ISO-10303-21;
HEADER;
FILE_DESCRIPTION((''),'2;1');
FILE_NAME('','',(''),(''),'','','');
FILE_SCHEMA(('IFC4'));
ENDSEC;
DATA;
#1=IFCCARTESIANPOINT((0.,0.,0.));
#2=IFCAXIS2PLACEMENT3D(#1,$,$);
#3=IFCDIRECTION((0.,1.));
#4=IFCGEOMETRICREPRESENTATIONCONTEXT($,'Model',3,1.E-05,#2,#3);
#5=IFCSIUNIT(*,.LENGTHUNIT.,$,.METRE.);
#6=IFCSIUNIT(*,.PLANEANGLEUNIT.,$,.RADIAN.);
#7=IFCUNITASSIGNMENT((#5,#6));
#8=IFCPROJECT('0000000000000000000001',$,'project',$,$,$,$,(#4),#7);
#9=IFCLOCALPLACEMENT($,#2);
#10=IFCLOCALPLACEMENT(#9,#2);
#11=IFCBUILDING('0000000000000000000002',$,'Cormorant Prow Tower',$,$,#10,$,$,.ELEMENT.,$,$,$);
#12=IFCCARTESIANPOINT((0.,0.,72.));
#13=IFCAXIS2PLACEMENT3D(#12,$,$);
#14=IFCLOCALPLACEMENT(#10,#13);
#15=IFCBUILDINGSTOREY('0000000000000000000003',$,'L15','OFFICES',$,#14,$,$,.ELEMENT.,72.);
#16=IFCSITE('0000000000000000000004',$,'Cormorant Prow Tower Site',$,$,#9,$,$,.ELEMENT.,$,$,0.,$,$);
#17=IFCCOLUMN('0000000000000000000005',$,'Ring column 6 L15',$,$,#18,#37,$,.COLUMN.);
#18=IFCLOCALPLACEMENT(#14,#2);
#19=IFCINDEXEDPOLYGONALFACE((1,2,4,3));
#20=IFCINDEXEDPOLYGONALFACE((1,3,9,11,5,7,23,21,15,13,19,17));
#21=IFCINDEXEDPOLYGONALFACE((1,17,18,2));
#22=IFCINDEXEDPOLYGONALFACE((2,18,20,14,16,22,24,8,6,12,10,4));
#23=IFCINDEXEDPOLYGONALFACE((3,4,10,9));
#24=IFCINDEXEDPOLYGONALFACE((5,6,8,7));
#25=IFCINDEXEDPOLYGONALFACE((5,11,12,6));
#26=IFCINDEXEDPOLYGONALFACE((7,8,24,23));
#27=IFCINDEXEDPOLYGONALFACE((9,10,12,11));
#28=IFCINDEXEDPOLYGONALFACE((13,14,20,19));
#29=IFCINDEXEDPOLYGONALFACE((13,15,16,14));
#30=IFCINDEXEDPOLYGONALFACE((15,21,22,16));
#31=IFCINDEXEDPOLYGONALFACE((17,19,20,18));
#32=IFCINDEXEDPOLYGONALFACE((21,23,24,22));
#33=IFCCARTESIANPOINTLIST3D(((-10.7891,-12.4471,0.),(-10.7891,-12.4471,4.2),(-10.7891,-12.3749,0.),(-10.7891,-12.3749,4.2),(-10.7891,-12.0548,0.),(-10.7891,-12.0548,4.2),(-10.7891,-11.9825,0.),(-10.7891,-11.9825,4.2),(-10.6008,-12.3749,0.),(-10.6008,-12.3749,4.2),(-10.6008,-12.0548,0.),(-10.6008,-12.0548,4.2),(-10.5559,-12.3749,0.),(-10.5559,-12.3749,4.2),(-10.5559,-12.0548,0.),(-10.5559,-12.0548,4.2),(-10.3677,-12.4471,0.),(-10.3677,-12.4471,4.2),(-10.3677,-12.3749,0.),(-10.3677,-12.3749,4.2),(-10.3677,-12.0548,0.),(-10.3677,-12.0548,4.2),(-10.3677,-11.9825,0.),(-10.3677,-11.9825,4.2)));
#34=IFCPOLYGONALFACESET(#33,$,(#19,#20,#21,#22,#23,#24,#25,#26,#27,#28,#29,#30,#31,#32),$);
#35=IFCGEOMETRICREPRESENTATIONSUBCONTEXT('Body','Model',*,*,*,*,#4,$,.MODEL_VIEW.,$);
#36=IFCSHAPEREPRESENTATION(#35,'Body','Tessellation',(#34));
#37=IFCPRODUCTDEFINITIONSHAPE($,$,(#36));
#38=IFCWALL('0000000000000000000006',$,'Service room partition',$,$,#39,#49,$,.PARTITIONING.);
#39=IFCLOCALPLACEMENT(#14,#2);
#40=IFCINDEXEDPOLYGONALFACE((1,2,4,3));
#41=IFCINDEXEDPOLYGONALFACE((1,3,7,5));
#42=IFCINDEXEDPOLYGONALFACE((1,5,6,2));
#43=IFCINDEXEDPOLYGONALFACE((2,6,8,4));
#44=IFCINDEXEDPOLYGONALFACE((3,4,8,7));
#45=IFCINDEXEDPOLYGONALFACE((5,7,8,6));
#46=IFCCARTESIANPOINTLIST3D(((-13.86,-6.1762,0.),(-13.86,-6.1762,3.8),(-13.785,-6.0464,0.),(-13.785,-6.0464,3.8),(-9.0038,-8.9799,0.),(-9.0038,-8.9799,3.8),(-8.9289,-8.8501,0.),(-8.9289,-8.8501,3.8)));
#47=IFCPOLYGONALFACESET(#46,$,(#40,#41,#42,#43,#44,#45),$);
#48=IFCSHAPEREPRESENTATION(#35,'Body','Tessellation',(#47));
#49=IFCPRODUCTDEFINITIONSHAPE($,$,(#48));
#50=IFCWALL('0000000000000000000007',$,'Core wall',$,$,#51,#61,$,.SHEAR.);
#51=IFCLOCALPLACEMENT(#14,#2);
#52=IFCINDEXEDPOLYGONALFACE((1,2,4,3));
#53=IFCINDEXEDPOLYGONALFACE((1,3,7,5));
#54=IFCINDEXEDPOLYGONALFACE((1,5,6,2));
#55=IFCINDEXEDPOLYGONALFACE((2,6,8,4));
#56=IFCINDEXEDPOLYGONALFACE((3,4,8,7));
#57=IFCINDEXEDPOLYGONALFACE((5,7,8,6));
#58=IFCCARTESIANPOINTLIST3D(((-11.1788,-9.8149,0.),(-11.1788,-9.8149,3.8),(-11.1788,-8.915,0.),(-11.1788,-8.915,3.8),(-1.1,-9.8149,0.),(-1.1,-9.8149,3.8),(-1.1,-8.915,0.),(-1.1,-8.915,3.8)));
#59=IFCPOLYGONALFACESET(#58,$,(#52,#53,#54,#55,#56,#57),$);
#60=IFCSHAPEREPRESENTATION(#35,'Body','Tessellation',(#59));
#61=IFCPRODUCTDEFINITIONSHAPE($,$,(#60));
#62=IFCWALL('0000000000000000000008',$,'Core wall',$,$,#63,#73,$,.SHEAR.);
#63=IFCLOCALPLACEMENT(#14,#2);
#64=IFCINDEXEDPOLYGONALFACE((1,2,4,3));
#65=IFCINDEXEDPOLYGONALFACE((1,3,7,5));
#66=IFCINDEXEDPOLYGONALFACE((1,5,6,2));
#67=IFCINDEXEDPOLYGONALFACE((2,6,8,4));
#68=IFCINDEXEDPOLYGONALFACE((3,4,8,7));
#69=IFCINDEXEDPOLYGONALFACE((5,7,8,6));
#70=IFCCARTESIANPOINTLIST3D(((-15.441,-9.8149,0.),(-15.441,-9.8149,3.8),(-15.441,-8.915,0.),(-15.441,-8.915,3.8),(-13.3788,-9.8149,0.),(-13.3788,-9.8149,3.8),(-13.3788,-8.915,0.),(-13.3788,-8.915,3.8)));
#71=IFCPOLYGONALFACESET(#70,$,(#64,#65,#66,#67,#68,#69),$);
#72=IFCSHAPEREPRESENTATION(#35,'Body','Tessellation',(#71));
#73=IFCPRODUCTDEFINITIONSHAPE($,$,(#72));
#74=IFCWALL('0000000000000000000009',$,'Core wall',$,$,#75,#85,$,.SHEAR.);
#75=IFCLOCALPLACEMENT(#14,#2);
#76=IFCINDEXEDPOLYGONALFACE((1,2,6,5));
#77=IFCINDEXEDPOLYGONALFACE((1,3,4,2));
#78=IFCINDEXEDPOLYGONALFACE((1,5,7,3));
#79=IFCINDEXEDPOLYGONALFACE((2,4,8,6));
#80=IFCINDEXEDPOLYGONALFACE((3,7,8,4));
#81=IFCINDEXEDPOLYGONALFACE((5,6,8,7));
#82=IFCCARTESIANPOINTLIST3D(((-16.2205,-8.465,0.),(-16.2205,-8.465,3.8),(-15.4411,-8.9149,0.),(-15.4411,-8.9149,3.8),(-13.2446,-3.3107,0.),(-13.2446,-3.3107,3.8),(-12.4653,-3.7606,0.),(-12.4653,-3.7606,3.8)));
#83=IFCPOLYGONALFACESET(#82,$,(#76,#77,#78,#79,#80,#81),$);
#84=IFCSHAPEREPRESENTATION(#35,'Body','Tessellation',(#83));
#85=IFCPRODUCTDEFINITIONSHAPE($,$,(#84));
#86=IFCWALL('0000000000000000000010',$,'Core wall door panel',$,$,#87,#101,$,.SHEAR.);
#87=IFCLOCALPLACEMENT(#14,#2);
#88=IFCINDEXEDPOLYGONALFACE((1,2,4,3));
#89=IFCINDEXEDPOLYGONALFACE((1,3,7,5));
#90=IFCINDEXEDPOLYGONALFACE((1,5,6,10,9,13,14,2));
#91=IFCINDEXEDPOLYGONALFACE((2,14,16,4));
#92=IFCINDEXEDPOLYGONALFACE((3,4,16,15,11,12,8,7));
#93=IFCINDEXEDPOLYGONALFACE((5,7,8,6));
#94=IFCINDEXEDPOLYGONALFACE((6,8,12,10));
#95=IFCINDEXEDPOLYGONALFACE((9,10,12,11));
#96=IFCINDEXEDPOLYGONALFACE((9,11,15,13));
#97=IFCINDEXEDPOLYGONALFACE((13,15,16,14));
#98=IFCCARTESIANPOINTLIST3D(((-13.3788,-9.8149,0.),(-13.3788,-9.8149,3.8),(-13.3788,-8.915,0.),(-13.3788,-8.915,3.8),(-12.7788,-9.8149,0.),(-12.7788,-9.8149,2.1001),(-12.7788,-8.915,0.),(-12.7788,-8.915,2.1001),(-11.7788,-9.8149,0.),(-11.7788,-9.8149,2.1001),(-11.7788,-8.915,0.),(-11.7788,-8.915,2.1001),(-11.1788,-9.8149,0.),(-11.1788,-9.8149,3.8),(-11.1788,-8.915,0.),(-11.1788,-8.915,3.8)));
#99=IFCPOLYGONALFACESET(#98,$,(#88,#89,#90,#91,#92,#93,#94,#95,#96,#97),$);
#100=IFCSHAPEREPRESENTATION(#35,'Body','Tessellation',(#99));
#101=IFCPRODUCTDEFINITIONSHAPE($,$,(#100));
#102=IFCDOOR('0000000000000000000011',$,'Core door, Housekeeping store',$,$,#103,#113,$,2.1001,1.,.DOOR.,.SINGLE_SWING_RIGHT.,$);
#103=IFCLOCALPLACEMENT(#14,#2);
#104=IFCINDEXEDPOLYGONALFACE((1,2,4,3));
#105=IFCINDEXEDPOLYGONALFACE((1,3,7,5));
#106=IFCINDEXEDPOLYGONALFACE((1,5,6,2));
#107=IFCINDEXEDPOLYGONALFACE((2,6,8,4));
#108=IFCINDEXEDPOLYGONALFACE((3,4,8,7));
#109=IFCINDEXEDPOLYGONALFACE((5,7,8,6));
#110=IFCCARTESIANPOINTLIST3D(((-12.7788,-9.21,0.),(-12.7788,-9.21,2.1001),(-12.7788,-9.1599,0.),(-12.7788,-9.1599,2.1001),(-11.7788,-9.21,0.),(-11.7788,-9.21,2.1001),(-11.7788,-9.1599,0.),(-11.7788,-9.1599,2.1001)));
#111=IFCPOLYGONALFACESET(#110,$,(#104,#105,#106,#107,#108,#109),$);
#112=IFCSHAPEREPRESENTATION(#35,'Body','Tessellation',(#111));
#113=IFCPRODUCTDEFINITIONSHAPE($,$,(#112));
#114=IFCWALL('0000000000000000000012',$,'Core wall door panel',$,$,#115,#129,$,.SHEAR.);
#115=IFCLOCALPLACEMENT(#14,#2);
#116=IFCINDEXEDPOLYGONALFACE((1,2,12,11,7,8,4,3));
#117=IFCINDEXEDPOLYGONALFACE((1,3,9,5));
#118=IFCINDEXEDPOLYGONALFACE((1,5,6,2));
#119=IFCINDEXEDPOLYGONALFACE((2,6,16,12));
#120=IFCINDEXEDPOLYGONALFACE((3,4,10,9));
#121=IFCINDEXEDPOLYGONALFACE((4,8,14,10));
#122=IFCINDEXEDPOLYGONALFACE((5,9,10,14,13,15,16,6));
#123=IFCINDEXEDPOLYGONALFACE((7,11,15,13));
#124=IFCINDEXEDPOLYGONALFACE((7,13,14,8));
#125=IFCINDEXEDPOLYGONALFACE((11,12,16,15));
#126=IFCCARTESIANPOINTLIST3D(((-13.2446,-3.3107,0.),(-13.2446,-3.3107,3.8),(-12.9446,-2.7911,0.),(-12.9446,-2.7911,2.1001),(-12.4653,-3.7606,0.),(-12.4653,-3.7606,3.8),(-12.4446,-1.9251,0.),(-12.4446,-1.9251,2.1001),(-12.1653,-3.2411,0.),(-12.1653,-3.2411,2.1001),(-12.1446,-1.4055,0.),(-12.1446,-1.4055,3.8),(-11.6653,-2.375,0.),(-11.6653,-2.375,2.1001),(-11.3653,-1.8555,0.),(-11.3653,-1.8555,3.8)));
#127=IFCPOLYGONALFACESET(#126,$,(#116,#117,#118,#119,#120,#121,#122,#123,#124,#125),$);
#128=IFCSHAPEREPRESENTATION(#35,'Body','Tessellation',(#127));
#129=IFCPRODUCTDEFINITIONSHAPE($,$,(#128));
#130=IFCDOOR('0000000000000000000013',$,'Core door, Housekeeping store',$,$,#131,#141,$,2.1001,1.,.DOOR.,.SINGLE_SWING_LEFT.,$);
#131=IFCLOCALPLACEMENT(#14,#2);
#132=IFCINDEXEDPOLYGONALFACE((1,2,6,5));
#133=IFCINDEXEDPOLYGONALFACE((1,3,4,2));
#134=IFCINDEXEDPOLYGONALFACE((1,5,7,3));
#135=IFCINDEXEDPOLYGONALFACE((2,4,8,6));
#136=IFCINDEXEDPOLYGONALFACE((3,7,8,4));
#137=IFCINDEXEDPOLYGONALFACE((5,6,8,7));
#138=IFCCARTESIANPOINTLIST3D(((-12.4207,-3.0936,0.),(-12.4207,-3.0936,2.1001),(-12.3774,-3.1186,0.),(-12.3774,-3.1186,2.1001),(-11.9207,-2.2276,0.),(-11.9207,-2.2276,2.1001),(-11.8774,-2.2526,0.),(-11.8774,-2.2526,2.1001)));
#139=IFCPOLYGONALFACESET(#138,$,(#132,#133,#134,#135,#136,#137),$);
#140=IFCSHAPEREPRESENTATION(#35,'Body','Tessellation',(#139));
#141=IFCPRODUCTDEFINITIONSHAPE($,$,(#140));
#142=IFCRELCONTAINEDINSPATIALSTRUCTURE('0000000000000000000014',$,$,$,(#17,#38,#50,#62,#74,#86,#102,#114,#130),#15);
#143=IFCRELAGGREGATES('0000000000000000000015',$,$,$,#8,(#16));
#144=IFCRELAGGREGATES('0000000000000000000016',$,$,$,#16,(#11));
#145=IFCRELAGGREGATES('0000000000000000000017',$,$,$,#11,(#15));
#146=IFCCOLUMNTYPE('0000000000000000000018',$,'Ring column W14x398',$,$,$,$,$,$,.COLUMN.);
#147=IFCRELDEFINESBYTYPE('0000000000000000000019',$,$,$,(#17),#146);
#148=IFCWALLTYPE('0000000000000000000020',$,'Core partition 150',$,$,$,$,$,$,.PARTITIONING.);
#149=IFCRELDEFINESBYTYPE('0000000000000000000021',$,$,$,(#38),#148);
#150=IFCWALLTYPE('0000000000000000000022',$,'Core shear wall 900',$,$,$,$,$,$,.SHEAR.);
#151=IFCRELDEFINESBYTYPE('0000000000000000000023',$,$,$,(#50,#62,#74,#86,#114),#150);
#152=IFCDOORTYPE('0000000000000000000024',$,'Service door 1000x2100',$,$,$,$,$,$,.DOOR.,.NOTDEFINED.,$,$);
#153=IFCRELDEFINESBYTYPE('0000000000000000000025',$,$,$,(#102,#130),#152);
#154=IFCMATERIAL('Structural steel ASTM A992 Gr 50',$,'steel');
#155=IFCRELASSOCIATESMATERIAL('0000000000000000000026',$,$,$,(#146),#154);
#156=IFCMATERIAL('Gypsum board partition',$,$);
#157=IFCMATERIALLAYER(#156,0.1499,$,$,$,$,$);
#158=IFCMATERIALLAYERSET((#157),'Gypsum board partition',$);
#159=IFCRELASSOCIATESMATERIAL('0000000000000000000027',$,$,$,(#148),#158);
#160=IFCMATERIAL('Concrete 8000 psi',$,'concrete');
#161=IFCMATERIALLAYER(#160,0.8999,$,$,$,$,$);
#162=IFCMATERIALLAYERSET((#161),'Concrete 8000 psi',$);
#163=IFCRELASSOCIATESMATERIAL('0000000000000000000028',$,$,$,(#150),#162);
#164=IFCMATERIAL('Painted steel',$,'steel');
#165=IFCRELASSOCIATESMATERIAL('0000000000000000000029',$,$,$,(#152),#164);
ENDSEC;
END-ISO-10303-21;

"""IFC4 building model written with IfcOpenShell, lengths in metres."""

from ifc_helpers import new_model, si_unit, direction, frame, frame_2d, origin, origin_2d, place, context, subcontext, project, spatial, rectangle, i_section, extrude, material, layer, layer_set, material_profile, profile_set, type_object, element, fill, save


model = new_model("IFC4")

# Units and contexts
model_context = context("Model", 3, precision=1e-05, world=origin(), true_north=direction((0.0, 1.0)))
body_context = subcontext(model_context, "Body", "Model", "MODEL_VIEW")
ifc_project = project(units=[si_unit("LENGTHUNIT", "METRE"), si_unit("PLANEANGLEUNIT", "RADIAN")], contexts=[model_context])

# Site, building, storey
site_placement = place(None, origin())
site = spatial("IfcSite", under=ifc_project, at=site_placement, Name="Cormorant Prow Tower Site", CompositionType="ELEMENT", RefElevation=0.0)
building_placement = place(site_placement, origin())
building = spatial("IfcBuilding", under=site, at=building_placement, Name="Cormorant Prow Tower", CompositionType="ELEMENT")
storey_placement = place(building_placement, frame((0.0, 0.0, 72.0)))
storey = spatial("IfcBuildingStorey", under=building, at=storey_placement, Name="L15", Description="OFFICES", CompositionType="ELEMENT", Elevation=72.0)

# Column
ifc_material_1 = material(Name="Structural steel ASTM A992 Gr 50", Category="steel")
ifc_material_profile = material_profile(ifc_material_1, i_section(OverallWidth=0.4214, OverallDepth=0.4646, WebThickness=0.0449, FlangeThickness=0.0723, at=origin_2d()), Name="W14x398")
ifc_profile_set = profile_set([ifc_material_profile], Name="Structural steel ASTM A992 Gr 50")
column_type = type_object("IfcColumnType", Name="Ring column W14x398", PredefinedType="COLUMN", material=ifc_profile_set)
column_placement = place(storey_placement, frame((-10.5784, -12.2148, 0.0), z_axis=(0.0, 0.0, 1.0), x_axis=(1.0, 0.0, 0.0)))
element("IfcColumn", 1, at=column_placement, inside=storey, type_object=column_type, Name="Ring column 6 L15", PredefinedType="COLUMN", context=body_context, shape_type="SweptSolid", body=[
    extrude(i_section(OverallWidth=0.4214, OverallDepth=0.4646, WebThickness=0.0449, FlangeThickness=0.0723, at=origin_2d()), origin(), (0.0, 0.0, 1.0), 4.2),
])

# Walls
ifc_material_2 = material(Name="Gypsum board partition")
ifc_layer_1 = layer(ifc_material_2, 0.1499)
ifc_layer_set_1 = layer_set([ifc_layer_1], Name="Gypsum board partition")
wall_type_1 = type_object("IfcWallType", Name="Core partition 150", PredefinedType="PARTITIONING", material=ifc_layer_set_1)
wall_1_placement = place(storey_placement, frame((-13.8225, -6.1113, 0.0), z_axis=(0.0, 0.0, 1.0), x_axis=(0.866027, -0.499998, 0.0)))
element("IfcWall", 2, at=wall_1_placement, inside=storey, type_object=wall_type_1, Name="Service room partition", PredefinedType="PARTITIONING", context=body_context, shape_type="SweptSolid", body=[
    extrude(rectangle(XDim=5.6074, YDim=0.1499, at=frame_2d((2.8037, 0.0))), origin(), (0.0, 0.0, 1.0), 3.8),
])
ifc_material_3 = material(Name="Concrete 8000 psi", Category="concrete")
ifc_layer_2 = layer(ifc_material_3, 0.8999)
ifc_layer_set_2 = layer_set([ifc_layer_2], Name="Concrete 8000 psi")
wall_type_2 = type_object("IfcWallType", Name="Core shear wall 900", PredefinedType="SHEAR", material=ifc_layer_set_2)
wall_2_placement = place(storey_placement, frame((-11.179, -9.365, 0.0), z_axis=(0.0, 0.0, 1.0), x_axis=(1.0, 0.0, 0.0)))
element("IfcWall", 3, at=wall_2_placement, inside=storey, type_object=wall_type_2, Name="Core wall", PredefinedType="SHEAR", context=body_context, shape_type="SweptSolid", body=[
    extrude(rectangle(XDim=10.0789, YDim=0.8999, at=frame_2d((5.0396, 0.0))), origin(), (0.0, 0.0, 1.0), 3.8),
])
wall_3_placement = place(storey_placement, frame((-15.4412, -9.365, 0.0), z_axis=(0.0, 0.0, 1.0), x_axis=(1.0, 0.0, 0.0)))
element("IfcWall", 4, at=wall_3_placement, inside=storey, type_object=wall_type_2, Name="Core wall", PredefinedType="SHEAR", context=body_context, shape_type="SweptSolid", body=[
    extrude(rectangle(XDim=2.0623, YDim=0.8999, at=frame_2d((1.0312, 0.0))), origin(), (0.0, 0.0, 1.0), 3.8),
])
wall_4_placement = place(storey_placement, frame((-12.855, -3.5356, 0.0), z_axis=(0.0, 0.0, 1.0), x_axis=(-0.499999, -0.866026, 0.0)))
element("IfcWall", 5, at=wall_4_placement, inside=storey, type_object=wall_type_2, Name="Core wall", PredefinedType="SHEAR", context=body_context, shape_type="SweptSolid", body=[
    extrude(rectangle(XDim=5.9517, YDim=0.8999, at=frame_2d((2.9758, 0.0))), origin(), (0.0, 0.0, 1.0), 3.8),
])

# Walls, openings, doors
wall_5_placement = place(storey_placement, frame((-13.3789, -9.365, 0.0), z_axis=(0.0, 0.0, 1.0), x_axis=(1.0, 0.0, 0.0)))
wall_5 = element("IfcWall", 6, at=wall_5_placement, inside=storey, type_object=wall_type_2, Name="Core wall door panel", PredefinedType="SHEAR", context=body_context, shape_type="SweptSolid", body=[
    extrude(rectangle(XDim=2.2, YDim=0.8999, at=frame_2d((1.1001, 0.0))), origin(), (0.0, 0.0, 1.0), 3.8),
])
opening_1_placement = place(wall_5_placement, frame((0.6001, 0.0, 0.0)))
opening_1 = element("IfcOpeningElement", 7, at=opening_1_placement, cuts=wall_5, PredefinedType="OPENING", context=body_context, shape_type="SweptSolid", body=[
    extrude(rectangle(XDim=1.0, YDim=2.1001, at=frame_2d((0.5, 1.05))), frame((0.0, 0.46, 0.0), z_axis=(0.0, -1.0, 0.0), x_axis=(1.0, 0.0, 0.0)), (0.0, 0.0, 1.0), 0.9199),
])
ifc_material_4 = material(Name="Painted steel", Category="steel")
door_type_1 = type_object("IfcDoorType", Name="Service door 1000x2100", OperationType="NOTDEFINED", PredefinedType="DOOR", material=ifc_material_4)
door_1_placement = place(opening_1_placement, origin())
door_1 = element("IfcDoor", 8, at=door_1_placement, inside=storey, type_object=door_type_1, Name="Core door, Housekeeping store", OperationType="SINGLE_SWING_RIGHT", OverallHeight=2.1001, OverallWidth=1.0, PredefinedType="DOOR", context=body_context, shape_type="SweptSolid", body=[
    extrude(rectangle(XDim=1.0, YDim=2.1001, at=frame_2d((0.5, 1.05))), frame((0.0, 0.2051, 0.0), z_axis=(0.0, -1.0, 0.0), x_axis=(1.0, 0.0, 0.0)), (0.0, 0.0, 1.0), 0.05),
])
fill(opening_1, door_1)
wall_6_placement = place(storey_placement, frame((-11.7549, -1.6304, 0.0), z_axis=(0.0, 0.0, 1.0), x_axis=(-0.50003, -0.866008, 0.0)))
wall_6 = element("IfcWall", 9, at=wall_6_placement, inside=storey, type_object=wall_type_2, Name="Core wall door panel", PredefinedType="SHEAR", context=body_context, shape_type="SweptSolid", body=[
    extrude(rectangle(XDim=2.2, YDim=0.8999, at=frame_2d((1.1001, 0.0))), origin(), (0.0, 0.0, 1.0), 3.8),
])
opening_2_placement = place(wall_6_placement, frame((0.6001, 0.0, 0.0)))
opening_2 = element("IfcOpeningElement", 10, at=opening_2_placement, cuts=wall_6, PredefinedType="OPENING", context=body_context, shape_type="SweptSolid", body=[
    extrude(rectangle(XDim=1.0, YDim=2.1001, at=frame_2d((0.5, 1.05))), frame((0.0, 0.46, 0.0), z_axis=(0.0, -1.0, 0.0), x_axis=(1.0, 0.0, 0.0)), (0.0, 0.0, 1.0), 0.9199),
])
door_2_placement = place(opening_2_placement, origin())
door_2 = element("IfcDoor", 11, at=door_2_placement, inside=storey, type_object=door_type_1, Name="Core door, Housekeeping store", OperationType="SINGLE_SWING_LEFT", OverallHeight=2.1001, OverallWidth=1.0, PredefinedType="DOOR", context=body_context, shape_type="SweptSolid", body=[
    extrude(rectangle(XDim=1.0, YDim=2.1001, at=frame_2d((0.5, 1.05))), frame((0.0, 0.2051, 0.0), z_axis=(0.0, -1.0, 0.0), x_axis=(1.0, 0.0, 0.0)), (0.0, 0.0, 1.0), 0.05),
])
fill(opening_2, door_2)

save(model, "model.ifc")
